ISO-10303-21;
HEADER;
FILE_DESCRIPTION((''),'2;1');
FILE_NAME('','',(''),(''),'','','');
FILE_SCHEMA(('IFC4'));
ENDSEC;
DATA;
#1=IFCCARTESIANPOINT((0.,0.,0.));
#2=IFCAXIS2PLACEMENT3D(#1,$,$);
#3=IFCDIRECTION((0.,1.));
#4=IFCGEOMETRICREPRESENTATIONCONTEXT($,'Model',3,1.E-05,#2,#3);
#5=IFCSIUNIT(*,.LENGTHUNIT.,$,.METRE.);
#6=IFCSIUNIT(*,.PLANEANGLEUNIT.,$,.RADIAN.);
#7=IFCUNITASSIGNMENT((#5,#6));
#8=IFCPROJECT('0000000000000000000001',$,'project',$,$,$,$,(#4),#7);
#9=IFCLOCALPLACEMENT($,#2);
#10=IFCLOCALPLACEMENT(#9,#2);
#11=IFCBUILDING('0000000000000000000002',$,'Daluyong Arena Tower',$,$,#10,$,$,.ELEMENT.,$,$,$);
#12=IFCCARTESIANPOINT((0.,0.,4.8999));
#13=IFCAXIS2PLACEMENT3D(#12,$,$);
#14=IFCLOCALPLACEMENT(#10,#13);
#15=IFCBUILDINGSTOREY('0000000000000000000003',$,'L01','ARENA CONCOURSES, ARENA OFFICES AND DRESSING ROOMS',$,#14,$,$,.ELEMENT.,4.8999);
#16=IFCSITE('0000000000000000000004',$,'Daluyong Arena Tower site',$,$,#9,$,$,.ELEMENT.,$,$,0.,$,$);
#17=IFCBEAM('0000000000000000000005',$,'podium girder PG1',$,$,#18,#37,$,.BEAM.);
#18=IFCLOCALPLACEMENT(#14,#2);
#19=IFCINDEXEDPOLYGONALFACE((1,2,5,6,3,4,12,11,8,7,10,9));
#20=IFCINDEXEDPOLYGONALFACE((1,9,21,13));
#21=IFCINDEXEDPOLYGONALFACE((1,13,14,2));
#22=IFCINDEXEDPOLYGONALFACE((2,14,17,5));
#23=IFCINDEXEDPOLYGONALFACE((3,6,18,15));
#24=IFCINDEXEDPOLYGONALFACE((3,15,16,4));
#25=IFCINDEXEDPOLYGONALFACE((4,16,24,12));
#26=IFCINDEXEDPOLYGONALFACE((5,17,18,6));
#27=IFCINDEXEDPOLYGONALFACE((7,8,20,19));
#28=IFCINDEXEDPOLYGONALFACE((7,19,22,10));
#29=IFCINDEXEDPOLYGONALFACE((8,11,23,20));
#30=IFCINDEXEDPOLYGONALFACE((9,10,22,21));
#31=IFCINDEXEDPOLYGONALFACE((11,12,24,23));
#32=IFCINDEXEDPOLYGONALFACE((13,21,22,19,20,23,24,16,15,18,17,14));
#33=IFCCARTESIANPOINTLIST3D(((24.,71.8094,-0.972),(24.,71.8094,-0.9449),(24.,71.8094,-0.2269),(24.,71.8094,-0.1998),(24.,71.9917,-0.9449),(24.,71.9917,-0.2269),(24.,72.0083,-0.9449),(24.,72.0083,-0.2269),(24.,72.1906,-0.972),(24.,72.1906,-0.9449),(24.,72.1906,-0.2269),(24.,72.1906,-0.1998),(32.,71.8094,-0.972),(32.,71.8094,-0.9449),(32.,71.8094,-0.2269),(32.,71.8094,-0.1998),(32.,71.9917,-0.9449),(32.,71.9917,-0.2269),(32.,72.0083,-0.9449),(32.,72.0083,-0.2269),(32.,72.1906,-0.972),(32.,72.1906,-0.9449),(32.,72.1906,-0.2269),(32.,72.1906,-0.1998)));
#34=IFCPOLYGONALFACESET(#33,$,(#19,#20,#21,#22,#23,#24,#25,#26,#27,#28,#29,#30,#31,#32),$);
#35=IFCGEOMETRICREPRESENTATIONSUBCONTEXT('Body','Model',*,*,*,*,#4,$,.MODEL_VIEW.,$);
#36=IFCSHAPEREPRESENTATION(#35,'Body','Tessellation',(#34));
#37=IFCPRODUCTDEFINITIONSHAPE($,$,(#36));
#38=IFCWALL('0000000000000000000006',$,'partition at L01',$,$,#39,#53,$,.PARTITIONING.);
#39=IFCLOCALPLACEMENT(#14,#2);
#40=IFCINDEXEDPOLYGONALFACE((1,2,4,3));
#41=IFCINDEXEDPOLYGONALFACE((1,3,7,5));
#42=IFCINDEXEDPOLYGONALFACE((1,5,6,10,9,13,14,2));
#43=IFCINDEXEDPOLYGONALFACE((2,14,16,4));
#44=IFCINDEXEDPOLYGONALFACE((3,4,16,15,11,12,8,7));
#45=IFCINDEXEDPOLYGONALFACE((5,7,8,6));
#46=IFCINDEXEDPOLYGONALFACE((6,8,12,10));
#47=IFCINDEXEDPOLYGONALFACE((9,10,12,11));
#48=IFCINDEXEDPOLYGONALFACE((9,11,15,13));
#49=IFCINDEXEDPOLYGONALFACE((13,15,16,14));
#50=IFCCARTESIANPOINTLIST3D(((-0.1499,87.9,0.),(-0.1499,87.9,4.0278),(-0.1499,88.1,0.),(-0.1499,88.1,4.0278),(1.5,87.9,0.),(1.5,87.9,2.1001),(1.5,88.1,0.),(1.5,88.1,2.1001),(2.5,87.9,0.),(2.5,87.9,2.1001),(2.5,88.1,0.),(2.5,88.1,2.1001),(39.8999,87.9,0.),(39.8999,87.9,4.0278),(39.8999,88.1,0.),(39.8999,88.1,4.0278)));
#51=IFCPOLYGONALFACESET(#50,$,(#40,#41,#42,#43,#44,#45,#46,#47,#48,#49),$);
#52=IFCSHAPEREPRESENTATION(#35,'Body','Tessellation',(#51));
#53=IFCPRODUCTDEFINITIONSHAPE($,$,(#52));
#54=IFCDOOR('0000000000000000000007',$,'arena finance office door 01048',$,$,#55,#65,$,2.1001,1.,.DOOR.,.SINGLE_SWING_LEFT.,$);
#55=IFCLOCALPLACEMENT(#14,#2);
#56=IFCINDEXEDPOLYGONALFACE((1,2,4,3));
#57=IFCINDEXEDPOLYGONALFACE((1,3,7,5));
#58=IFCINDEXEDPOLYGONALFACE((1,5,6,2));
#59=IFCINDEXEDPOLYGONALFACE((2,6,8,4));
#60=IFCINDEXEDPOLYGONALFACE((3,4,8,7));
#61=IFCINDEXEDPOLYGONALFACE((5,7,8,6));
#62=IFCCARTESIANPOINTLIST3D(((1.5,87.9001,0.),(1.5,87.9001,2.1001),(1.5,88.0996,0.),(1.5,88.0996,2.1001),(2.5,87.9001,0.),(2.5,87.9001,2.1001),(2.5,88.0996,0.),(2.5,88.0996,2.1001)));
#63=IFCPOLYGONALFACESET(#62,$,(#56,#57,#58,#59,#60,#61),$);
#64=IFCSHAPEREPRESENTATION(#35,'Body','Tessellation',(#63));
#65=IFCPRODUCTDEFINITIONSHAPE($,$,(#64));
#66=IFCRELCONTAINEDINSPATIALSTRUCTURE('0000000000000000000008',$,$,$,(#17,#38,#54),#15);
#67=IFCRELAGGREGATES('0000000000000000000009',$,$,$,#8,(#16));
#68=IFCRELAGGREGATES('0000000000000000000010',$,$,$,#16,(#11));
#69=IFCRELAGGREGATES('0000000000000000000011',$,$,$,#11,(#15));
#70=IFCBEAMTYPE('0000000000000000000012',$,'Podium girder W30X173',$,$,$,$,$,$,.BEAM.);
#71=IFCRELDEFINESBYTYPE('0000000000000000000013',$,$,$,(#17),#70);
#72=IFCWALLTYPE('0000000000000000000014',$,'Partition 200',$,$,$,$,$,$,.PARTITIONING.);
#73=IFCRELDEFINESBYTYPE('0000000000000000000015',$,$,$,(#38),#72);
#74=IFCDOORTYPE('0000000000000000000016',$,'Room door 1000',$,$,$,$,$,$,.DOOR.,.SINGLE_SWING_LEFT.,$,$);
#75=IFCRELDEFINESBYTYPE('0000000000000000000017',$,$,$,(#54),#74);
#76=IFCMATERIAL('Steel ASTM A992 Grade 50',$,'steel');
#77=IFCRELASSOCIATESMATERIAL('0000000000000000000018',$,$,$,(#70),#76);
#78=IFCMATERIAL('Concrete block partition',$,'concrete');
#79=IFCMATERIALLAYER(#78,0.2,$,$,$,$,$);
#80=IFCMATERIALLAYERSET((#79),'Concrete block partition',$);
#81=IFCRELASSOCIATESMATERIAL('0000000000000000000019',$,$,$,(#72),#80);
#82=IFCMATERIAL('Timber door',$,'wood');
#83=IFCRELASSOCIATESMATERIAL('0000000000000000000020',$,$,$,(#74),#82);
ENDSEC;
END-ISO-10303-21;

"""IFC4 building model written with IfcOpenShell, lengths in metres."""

from ifc_helpers import new_model, si_unit, direction, frame, frame_2d, origin, origin_2d, place, context, subcontext, project, spatial, rectangle, i_section, extrude, material, layer, layer_set, material_profile, profile_set, type_object, element, fill, save


model = new_model("IFC4")

# Units and contexts
model_context = context("Model", 3, precision=1e-05, world=origin(), true_north=direction((0.0, 1.0)))
body_context = subcontext(model_context, "Body", "Model", "MODEL_VIEW")
ifc_project = project(units=[si_unit("LENGTHUNIT", "METRE"), si_unit("PLANEANGLEUNIT", "RADIAN")], contexts=[model_context])

# Site, building, storey
site_placement = place(None, origin())
site = spatial("IfcSite", under=ifc_project, at=site_placement, Name="Daluyong Arena Tower site", CompositionType="ELEMENT", RefElevation=0.0)
building_placement = place(site_placement, origin())
building = spatial("IfcBuilding", under=site, at=building_placement, Name="Daluyong Arena Tower", CompositionType="ELEMENT")
storey_placement = place(building_placement, frame((0.0, 0.0, 4.8999)))
storey = spatial("IfcBuildingStorey", under=building, at=storey_placement, Name="L01", Description="ARENA CONCOURSES, ARENA OFFICES AND DRESSING ROOMS", CompositionType="ELEMENT", Elevation=4.8999)

# Beam
ifc_material_1 = material(Name="Steel ASTM A992 Grade 50", Category="steel")
ifc_material_profile_1 = material_profile(ifc_material_1, i_section(OverallWidth=0.3811, OverallDepth=0.7722, WebThickness=0.0166, FlangeThickness=0.0271, at=origin_2d()))
ifc_profile_set_1 = profile_set([ifc_material_profile_1], Name="Steel ASTM A992 Grade 50")
beam_type_1 = type_object("IfcBeamType", Name="Podium girder W30X173", PredefinedType="BEAM", material=ifc_profile_set_1)
for number, where, z_axis, x_axis, name in (
    (1, (24.0, 72.0, -0.5859), (1.0, 0.0, 0.0), (0.0, 1.0, 0.0), "podium girder PG1"),
):
    element("IfcBeam", number, at=place(storey_placement, frame(where, z_axis=z_axis, x_axis=x_axis)), inside=storey, type_object=beam_type_1, Name=name, PredefinedType="BEAM", context=body_context, shape_type="SweptSolid", body=[
        extrude(i_section(OverallWidth=0.3811, OverallDepth=0.7722, WebThickness=0.0166, FlangeThickness=0.0271, at=origin_2d()), origin(), (0.0, 0.0, 1.0), 8.0),
    ])

# Wall, opening, door
ifc_material_2 = material(Name="Concrete block partition", Category="concrete")
ifc_layer = layer(ifc_material_2, 0.2)
ifc_layer_set = layer_set([ifc_layer], Name="Concrete block partition")
wall_type = type_object("IfcWallType", Name="Partition 200", PredefinedType="PARTITIONING", material=ifc_layer_set)
wall_placement = place(storey_placement, frame((-0.1499, 88.0, 0.0), z_axis=(0.0, 0.0, 1.0), x_axis=(1.0, 0.0, 0.0)))
wall = element("IfcWall", 2, at=wall_placement, inside=storey, type_object=wall_type, Name="partition at L01", PredefinedType="PARTITIONING", context=body_context, shape_type="SweptSolid", body=[
    extrude(rectangle(XDim=40.0498, YDim=0.2, at=frame_2d((20.0249, 0.0))), origin(), (0.0, 0.0, 1.0), 4.0278),
])
opening_placement = place(wall_placement, frame((1.6499, 0.0, 0.0)))
opening = element("IfcOpeningElement", 3, at=opening_placement, cuts=wall, PredefinedType="OPENING", context=body_context, shape_type="SweptSolid", body=[
    extrude(rectangle(XDim=1.0, YDim=2.1001, at=frame_2d((0.5, 1.05))), frame((0.0, 0.1099, 0.0), z_axis=(0.0, -1.0, 0.0), x_axis=(1.0, 0.0, 0.0)), (0.0, 0.0, 1.0), 0.22),
])
ifc_material_3 = material(Name="Timber door", Category="wood")
door_type = type_object("IfcDoorType", Name="Room door 1000", OperationType="SINGLE_SWING_LEFT", PredefinedType="DOOR", material=ifc_material_3)
door_placement = place(opening_placement, origin())
door = element("IfcDoor", 4, at=door_placement, inside=storey, type_object=door_type, Name="arena finance office door 01048", OperationType="SINGLE_SWING_LEFT", OverallHeight=2.1001, OverallWidth=1.0, PredefinedType="DOOR", context=body_context, shape_type="SweptSolid", body=[
    extrude(rectangle(XDim=1.0, YDim=2.1001, at=frame_2d((0.5, 1.05))), frame((0.0, 0.0996, 0.0), z_axis=(0.0, -1.0, 0.0), x_axis=(1.0, 0.0, 0.0)), (0.0, 0.0, 1.0), 0.1995),
])
fill(opening, door)

save(model, "model.ifc")
